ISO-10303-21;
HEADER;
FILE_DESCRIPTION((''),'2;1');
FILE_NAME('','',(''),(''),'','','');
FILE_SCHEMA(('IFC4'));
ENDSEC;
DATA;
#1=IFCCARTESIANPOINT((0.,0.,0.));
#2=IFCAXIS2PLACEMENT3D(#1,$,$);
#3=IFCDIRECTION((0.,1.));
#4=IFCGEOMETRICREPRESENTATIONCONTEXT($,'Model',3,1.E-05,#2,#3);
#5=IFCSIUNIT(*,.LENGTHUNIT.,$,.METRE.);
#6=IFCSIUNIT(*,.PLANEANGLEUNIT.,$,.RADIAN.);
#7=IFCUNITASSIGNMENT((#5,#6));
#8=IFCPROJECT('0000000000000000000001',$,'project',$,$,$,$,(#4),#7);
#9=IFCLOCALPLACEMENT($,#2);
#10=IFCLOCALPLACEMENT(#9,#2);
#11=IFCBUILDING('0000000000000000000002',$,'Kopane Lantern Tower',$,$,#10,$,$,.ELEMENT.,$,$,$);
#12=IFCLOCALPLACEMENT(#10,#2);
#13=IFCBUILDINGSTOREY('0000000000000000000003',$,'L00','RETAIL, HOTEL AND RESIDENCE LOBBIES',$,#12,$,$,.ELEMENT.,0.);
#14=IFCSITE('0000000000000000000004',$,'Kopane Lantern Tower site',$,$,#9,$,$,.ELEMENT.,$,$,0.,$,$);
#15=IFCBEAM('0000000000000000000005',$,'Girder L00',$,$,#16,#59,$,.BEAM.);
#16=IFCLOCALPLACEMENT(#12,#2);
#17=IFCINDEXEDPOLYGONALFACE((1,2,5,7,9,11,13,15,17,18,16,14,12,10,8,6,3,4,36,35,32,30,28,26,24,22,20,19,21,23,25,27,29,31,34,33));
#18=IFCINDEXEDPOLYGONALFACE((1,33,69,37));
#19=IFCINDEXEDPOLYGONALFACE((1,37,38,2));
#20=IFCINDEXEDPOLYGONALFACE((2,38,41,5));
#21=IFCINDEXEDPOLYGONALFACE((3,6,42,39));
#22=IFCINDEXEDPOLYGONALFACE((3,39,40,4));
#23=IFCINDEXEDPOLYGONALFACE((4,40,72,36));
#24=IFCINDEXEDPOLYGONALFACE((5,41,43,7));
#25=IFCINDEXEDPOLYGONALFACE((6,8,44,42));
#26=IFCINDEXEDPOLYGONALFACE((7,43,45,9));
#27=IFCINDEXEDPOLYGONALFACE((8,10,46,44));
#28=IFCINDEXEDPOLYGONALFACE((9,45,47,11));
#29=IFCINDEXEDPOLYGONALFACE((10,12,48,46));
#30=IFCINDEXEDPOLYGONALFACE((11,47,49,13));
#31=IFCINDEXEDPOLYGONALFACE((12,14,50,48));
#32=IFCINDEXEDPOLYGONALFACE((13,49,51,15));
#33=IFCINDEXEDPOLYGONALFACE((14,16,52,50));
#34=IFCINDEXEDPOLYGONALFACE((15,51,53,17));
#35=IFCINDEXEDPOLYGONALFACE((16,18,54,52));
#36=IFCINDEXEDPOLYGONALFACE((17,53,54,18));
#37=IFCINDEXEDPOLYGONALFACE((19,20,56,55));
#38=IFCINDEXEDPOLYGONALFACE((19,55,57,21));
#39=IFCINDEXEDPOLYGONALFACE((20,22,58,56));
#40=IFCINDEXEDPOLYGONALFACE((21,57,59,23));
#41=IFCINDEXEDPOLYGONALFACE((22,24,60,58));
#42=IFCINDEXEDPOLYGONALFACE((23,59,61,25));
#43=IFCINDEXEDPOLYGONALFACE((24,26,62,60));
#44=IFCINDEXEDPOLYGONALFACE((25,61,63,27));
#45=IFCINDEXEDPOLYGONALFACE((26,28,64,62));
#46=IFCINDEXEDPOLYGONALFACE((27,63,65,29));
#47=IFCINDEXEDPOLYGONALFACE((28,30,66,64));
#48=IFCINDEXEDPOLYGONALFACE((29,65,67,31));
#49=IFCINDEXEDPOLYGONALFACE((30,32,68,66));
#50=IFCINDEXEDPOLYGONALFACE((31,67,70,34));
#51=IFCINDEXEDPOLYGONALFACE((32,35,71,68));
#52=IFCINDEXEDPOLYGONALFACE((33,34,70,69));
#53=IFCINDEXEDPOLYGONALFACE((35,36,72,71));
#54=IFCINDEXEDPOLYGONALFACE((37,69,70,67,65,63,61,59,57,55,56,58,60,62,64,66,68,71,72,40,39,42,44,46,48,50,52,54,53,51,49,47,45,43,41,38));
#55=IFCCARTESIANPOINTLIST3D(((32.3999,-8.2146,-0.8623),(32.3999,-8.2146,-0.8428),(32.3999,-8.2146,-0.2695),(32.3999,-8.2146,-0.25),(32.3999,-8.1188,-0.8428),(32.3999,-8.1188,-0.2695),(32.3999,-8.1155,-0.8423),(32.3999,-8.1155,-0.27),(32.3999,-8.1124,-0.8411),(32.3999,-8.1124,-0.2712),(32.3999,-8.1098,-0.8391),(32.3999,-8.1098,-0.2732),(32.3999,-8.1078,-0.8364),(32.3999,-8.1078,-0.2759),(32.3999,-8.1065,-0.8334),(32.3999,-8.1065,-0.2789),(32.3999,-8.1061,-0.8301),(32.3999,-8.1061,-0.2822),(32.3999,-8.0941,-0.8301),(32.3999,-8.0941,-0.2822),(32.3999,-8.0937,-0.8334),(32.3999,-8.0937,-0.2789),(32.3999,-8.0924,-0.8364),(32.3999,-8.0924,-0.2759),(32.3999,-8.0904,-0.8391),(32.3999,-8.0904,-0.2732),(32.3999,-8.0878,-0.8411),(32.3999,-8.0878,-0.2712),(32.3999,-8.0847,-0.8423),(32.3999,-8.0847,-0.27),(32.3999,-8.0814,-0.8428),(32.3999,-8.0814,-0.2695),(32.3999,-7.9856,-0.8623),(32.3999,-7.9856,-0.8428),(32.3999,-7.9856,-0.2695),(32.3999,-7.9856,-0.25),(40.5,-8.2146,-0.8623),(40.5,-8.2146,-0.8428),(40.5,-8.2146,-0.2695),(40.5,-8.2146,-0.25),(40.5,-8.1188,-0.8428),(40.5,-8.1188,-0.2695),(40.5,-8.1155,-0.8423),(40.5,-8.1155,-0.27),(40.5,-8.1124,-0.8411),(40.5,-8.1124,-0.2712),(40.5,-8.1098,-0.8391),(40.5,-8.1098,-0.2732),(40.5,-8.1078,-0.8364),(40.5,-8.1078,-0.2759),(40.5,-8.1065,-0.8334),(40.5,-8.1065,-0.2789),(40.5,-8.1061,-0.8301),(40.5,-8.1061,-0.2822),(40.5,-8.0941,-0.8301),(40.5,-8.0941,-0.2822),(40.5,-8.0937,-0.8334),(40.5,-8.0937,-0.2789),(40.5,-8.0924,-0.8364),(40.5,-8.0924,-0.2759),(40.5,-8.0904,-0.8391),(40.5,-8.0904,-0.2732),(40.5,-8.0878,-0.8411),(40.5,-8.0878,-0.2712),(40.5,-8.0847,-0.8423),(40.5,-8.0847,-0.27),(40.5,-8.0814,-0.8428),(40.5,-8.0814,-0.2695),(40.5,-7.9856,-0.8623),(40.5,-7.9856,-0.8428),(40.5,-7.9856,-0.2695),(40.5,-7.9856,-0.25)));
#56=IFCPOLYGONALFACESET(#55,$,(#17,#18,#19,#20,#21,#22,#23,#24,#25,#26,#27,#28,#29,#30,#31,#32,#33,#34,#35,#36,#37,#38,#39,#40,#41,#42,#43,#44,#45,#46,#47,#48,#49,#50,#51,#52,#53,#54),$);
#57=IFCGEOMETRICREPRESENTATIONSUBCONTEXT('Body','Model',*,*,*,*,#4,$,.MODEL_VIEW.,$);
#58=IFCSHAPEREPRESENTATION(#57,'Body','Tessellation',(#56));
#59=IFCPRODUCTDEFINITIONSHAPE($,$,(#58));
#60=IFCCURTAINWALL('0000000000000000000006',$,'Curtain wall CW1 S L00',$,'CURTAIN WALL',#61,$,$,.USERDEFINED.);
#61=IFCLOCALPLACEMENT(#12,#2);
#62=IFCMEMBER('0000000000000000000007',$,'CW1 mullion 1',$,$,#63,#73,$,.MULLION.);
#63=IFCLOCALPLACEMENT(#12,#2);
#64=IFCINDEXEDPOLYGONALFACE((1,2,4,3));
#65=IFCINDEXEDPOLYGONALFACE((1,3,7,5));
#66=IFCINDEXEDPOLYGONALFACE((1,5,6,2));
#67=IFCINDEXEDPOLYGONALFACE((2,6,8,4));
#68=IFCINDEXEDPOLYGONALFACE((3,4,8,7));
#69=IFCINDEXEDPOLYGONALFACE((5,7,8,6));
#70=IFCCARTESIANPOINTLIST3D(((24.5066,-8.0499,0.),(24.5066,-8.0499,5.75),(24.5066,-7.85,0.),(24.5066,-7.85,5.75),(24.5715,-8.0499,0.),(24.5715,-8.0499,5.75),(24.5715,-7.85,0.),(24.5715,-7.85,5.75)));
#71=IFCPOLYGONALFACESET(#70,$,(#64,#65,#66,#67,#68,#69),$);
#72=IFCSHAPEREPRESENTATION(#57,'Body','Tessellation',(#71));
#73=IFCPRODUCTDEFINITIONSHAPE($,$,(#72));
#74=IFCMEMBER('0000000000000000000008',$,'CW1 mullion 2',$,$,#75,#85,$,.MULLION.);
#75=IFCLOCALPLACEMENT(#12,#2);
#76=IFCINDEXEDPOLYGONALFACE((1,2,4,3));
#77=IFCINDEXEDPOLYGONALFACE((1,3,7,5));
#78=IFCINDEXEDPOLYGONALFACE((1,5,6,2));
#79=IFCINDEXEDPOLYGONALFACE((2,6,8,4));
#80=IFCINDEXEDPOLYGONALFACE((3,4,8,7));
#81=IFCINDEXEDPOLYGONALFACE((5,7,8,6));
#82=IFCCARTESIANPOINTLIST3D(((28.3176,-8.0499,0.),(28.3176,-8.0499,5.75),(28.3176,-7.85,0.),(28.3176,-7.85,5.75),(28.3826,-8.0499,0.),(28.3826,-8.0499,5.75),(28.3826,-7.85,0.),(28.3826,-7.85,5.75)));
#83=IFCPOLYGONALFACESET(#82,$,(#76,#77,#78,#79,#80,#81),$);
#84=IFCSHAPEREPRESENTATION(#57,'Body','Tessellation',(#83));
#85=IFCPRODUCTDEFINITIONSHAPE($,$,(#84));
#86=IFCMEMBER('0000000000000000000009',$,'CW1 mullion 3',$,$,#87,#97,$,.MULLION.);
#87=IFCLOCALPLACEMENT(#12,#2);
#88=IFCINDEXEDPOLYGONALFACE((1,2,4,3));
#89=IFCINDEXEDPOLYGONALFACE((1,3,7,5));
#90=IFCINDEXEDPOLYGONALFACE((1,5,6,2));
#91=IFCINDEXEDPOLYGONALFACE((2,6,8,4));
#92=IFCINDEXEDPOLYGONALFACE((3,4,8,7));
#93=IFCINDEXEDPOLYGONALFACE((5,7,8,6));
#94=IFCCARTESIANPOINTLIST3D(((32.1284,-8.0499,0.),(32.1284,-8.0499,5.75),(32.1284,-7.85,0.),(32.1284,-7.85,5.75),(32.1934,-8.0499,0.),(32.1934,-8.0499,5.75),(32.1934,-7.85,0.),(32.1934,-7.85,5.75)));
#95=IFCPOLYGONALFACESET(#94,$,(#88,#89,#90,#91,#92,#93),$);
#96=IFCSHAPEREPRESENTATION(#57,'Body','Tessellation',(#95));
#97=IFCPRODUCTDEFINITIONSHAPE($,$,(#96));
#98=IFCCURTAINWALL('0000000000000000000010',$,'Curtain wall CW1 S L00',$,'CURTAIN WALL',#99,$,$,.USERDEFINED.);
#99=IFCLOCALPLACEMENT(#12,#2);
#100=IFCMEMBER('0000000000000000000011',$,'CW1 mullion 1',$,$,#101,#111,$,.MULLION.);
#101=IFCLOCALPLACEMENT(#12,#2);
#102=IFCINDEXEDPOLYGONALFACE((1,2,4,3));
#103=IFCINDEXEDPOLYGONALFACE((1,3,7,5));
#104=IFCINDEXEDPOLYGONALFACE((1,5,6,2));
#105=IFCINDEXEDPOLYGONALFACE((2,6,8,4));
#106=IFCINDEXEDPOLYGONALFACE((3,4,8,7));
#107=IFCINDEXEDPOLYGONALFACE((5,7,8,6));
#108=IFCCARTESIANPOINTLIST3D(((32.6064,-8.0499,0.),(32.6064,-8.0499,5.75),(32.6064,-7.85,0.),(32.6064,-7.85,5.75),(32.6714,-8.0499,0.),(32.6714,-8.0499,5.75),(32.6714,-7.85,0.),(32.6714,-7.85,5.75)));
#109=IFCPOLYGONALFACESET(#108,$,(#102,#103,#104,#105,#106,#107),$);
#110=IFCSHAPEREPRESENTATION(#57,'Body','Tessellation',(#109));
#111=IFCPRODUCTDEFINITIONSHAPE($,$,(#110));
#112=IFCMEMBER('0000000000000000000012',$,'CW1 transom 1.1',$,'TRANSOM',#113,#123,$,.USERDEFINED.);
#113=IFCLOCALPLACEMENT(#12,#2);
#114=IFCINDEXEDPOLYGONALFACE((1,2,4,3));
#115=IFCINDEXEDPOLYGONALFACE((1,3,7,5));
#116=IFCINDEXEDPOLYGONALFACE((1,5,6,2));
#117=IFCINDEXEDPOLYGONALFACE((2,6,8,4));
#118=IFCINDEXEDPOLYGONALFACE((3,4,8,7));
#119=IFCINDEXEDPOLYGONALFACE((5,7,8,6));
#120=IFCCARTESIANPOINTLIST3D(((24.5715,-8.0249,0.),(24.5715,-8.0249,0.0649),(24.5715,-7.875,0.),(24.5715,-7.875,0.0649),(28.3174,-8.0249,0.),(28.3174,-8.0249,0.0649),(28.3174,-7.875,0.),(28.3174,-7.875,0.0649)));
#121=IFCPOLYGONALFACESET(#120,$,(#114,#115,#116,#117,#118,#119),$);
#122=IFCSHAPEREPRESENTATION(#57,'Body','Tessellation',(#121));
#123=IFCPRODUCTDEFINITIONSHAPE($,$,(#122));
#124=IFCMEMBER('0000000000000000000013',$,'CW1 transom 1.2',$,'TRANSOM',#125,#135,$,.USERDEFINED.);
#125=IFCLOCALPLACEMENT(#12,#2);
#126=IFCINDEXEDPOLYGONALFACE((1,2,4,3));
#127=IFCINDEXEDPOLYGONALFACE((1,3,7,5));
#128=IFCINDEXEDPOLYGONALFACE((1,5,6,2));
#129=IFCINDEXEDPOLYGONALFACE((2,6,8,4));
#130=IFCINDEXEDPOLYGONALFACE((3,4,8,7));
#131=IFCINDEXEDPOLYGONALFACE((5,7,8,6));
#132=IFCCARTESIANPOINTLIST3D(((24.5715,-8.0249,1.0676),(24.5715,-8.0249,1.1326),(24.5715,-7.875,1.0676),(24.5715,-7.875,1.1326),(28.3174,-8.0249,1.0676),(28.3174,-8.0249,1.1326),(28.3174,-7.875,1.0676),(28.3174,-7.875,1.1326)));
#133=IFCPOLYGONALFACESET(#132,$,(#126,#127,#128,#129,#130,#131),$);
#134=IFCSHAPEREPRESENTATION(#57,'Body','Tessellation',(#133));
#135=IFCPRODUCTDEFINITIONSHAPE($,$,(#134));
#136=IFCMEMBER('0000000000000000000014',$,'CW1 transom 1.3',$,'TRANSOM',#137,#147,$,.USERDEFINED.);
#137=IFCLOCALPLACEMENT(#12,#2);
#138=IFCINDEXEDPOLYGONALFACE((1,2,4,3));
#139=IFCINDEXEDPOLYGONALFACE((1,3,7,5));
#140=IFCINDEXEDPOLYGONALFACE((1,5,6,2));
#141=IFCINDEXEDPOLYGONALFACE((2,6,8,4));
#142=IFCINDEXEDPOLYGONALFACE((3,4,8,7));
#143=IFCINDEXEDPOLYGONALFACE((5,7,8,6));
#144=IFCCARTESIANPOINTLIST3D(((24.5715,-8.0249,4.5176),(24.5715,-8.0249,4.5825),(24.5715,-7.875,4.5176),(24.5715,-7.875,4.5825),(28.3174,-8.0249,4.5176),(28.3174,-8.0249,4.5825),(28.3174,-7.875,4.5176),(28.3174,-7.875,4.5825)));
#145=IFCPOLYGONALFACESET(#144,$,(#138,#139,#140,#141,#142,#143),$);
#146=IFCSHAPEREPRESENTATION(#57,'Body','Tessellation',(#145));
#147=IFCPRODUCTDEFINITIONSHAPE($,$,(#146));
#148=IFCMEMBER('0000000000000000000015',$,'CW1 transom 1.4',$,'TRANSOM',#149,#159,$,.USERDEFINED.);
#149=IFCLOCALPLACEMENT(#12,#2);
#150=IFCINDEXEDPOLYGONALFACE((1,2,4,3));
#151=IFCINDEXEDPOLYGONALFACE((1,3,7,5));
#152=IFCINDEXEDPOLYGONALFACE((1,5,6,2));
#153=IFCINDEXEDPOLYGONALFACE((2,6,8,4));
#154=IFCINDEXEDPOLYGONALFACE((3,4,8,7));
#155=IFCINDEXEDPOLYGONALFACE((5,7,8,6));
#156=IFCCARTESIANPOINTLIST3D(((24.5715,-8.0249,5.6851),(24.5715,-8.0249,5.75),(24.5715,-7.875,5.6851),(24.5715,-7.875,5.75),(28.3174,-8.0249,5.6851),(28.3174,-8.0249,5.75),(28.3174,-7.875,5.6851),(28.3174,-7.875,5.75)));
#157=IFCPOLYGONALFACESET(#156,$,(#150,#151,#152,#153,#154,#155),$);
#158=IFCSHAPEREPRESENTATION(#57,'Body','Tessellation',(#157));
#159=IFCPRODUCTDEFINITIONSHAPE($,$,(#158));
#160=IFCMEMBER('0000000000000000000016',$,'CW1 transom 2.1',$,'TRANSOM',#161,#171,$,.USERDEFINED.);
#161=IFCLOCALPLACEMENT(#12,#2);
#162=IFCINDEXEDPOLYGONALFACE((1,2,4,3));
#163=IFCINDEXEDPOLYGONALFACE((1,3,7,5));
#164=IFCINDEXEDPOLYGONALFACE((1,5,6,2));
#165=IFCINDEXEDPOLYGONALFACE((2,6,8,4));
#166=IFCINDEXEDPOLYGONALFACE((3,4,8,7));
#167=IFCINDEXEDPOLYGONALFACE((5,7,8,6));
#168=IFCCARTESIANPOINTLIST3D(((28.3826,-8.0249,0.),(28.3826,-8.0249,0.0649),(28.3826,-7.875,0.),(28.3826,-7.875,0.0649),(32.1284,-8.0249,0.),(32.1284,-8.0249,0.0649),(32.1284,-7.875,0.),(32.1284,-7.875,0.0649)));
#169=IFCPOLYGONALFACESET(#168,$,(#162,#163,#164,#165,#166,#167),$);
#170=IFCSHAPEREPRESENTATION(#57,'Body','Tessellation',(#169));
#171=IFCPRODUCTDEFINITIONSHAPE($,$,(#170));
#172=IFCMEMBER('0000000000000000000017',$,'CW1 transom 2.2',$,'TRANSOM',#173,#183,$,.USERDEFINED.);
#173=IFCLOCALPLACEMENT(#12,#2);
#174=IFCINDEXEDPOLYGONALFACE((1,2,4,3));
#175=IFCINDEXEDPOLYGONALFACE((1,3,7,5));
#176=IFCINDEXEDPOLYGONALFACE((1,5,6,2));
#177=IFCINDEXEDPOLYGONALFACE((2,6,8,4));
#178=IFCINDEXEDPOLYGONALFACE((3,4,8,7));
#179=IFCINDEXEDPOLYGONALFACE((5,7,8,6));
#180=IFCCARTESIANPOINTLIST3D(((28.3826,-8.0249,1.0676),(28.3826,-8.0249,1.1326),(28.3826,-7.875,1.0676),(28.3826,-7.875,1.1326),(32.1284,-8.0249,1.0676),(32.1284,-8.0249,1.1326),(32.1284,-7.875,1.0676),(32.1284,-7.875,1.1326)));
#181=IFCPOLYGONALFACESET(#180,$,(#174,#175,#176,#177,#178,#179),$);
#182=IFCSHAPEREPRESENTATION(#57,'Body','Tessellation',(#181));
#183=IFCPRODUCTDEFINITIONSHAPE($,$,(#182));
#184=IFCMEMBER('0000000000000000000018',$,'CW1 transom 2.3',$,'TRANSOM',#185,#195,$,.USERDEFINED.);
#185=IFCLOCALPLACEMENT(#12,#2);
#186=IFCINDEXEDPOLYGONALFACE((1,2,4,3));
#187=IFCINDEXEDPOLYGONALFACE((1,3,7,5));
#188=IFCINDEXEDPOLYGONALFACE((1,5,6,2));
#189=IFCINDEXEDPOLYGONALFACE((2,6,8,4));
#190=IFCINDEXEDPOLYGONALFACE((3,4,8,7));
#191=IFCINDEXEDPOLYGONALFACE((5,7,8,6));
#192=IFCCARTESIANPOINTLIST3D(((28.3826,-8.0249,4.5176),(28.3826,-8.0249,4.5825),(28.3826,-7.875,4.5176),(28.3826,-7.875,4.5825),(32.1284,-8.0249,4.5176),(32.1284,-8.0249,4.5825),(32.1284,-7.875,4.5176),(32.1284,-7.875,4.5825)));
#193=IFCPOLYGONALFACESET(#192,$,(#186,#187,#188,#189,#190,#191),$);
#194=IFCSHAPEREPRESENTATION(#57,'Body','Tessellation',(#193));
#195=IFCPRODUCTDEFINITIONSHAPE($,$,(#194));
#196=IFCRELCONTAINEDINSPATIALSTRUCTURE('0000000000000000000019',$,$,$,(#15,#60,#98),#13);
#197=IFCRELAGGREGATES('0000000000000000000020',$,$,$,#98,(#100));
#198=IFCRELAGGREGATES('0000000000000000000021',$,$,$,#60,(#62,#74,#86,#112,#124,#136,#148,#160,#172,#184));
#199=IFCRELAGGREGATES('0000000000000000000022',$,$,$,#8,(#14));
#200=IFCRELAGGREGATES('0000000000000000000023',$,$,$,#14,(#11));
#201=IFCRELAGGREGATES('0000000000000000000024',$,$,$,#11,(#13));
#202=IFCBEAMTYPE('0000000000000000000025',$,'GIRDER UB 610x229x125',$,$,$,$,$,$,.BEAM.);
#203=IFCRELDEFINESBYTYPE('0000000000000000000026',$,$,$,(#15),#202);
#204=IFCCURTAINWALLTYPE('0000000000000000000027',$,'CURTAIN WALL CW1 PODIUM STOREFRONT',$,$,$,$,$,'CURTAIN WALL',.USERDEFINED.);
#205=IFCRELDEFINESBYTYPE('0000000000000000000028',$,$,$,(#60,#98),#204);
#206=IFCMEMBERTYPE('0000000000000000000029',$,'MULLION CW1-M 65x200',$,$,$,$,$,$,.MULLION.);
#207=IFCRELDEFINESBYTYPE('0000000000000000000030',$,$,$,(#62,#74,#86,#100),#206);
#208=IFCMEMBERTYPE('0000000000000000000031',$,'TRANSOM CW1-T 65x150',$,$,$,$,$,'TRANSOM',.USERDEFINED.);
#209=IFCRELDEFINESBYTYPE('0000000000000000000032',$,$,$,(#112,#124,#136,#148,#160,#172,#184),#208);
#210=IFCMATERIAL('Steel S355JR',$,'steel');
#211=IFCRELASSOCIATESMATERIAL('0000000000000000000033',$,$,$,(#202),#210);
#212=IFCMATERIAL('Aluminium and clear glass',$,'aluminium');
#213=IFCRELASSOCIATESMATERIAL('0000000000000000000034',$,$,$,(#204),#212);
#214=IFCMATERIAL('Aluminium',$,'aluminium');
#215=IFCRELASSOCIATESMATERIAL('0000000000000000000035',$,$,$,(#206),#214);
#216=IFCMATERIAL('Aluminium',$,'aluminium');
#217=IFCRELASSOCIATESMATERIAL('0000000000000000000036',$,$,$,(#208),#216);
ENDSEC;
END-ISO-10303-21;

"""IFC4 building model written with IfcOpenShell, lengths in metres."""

from ifc_helpers import new_model, si_unit, direction, frame, origin, origin_2d, place, context, subcontext, project, spatial, rectangle, i_section, extrude, material, material_profile, profile_set, type_object, element, aggregate, save


model = new_model("IFC4")

# Units and contexts
model_context = context("Model", 3, precision=1e-05, world=origin(), true_north=direction((0.0, 1.0)))
body_context = subcontext(model_context, "Body", "Model", "MODEL_VIEW")
ifc_project = project(units=[si_unit("LENGTHUNIT", "METRE"), si_unit("PLANEANGLEUNIT", "RADIAN")], contexts=[model_context])

# Site, building, storey
site_placement = place(None, origin())
site = spatial("IfcSite", under=ifc_project, at=site_placement, Name="Kopane Lantern Tower site", CompositionType="ELEMENT", RefElevation=0.0)
building_placement = place(site_placement, origin())
building = spatial("IfcBuilding", under=site, at=building_placement, Name="Kopane Lantern Tower", CompositionType="ELEMENT")
storey_placement = place(building_placement, origin())
storey = spatial("IfcBuildingStorey", under=building, at=storey_placement, Name="L00", Description="RETAIL, HOTEL AND RESIDENCE LOBBIES", CompositionType="ELEMENT", Elevation=0.0)

# Beam
ifc_material_1 = material(Name="Steel S355JR", Category="steel")
ifc_material_profile_1 = material_profile(ifc_material_1, i_section(OverallWidth=0.229, OverallDepth=0.6123, WebThickness=0.012, FlangeThickness=0.0195, FilletRadius=0.0127, at=origin_2d()), Name="UB 610x229x125")
ifc_profile_set_1 = profile_set([ifc_material_profile_1], Name="Steel S355JR")
beam_type = type_object("IfcBeamType", Name="GIRDER UB 610x229x125", PredefinedType="BEAM", material=ifc_profile_set_1)
for number, where, z_axis, x_axis, name in (
    (1, (32.3999, -8.1001, -0.5562), (1.0, 0.0, 0.0), (0.0, 1.0, 0.0), "Girder L00"),
):
    element("IfcBeam", number, at=place(storey_placement, frame(where, z_axis=z_axis, x_axis=x_axis)), inside=storey, type_object=beam_type, Name=name, PredefinedType="BEAM", context=body_context, shape_type="SweptSolid", body=[
        extrude(i_section(OverallWidth=0.229, OverallDepth=0.6123, WebThickness=0.012, FlangeThickness=0.0195, FilletRadius=0.0127, at=origin_2d()), origin(), (0.0, 0.0, 1.0), 8.1001),
    ])

# Curtain wall, members
ifc_material_2 = material(Name="Aluminium and clear glass", Category="aluminium")
curtain_wall_type = type_object("IfcCurtainWallType", Name="CURTAIN WALL CW1 PODIUM STOREFRONT", ElementType="CURTAIN WALL", PredefinedType="USERDEFINED", material=ifc_material_2)
curtain_wall_1_placement = place(storey_placement, origin())
curtain_wall_1 = element("IfcCurtainWall", 2, at=curtain_wall_1_placement, inside=storey, type_object=curtain_wall_type, Name="Curtain wall CW1 S L00", ObjectType="CURTAIN WALL", PredefinedType="USERDEFINED")
ifc_material_3 = material(Name="Aluminium", Category="aluminium")
ifc_material_profile_2 = material_profile(ifc_material_3, rectangle(XDim=0.0649, YDim=0.2, at=origin_2d()), Name="AL 65x200")
ifc_profile_set_2 = profile_set([ifc_material_profile_2], Name="Aluminium")
member_type_1 = type_object("IfcMemberType", Name="MULLION CW1-M 65x200", PredefinedType="MULLION", material=ifc_profile_set_2)
member_1_placement = place(storey_placement, frame((24.5391, -7.95, 0.0), z_axis=(0.0, 0.0, 1.0), x_axis=(1.0, 0.0, 0.0)))
member_1 = element("IfcMember", 3, at=member_1_placement, type_object=member_type_1, Name="CW1 mullion 1", PredefinedType="MULLION", context=body_context, shape_type="SweptSolid", body=[
    extrude(rectangle(XDim=0.0649, YDim=0.2, at=origin_2d()), origin(), (0.0, 0.0, 1.0), 5.75),
])
member_2_placement = place(storey_placement, frame((28.3501, -7.95, 0.0), z_axis=(0.0, 0.0, 1.0), x_axis=(1.0, 0.0, 0.0)))
member_2 = element("IfcMember", 4, at=member_2_placement, type_object=member_type_1, Name="CW1 mullion 2", PredefinedType="MULLION", context=body_context, shape_type="SweptSolid", body=[
    extrude(rectangle(XDim=0.0649, YDim=0.2, at=origin_2d()), origin(), (0.0, 0.0, 1.0), 5.75),
])
member_3_placement = place(storey_placement, frame((32.1609, -7.95, 0.0), z_axis=(0.0, 0.0, 1.0), x_axis=(1.0, 0.0, 0.0)))
member_3 = element("IfcMember", 5, at=member_3_placement, type_object=member_type_1, Name="CW1 mullion 3", PredefinedType="MULLION", context=body_context, shape_type="SweptSolid", body=[
    extrude(rectangle(XDim=0.0649, YDim=0.2, at=origin_2d()), origin(), (0.0, 0.0, 1.0), 5.75),
])

# Curtain wall, member
curtain_wall_2_placement = place(storey_placement, origin())
curtain_wall_2 = element("IfcCurtainWall", 6, at=curtain_wall_2_placement, inside=storey, type_object=curtain_wall_type, Name="Curtain wall CW1 S L00", ObjectType="CURTAIN WALL", PredefinedType="USERDEFINED")
member_4_placement = place(storey_placement, frame((32.6389, -7.95, 0.0), z_axis=(0.0, 0.0, 1.0), x_axis=(1.0, 0.0, 0.0)))
member_4 = element("IfcMember", 7, at=member_4_placement, type_object=member_type_1, Name="CW1 mullion 1", PredefinedType="MULLION", context=body_context, shape_type="SweptSolid", body=[
    extrude(rectangle(XDim=0.0649, YDim=0.2, at=origin_2d()), origin(), (0.0, 0.0, 1.0), 5.75),
])

# Members
ifc_material_4 = material(Name="Aluminium", Category="aluminium")
ifc_material_profile_3 = material_profile(ifc_material_4, rectangle(XDim=0.1499, YDim=0.0649, at=origin_2d()), Name="AL 150x65")
ifc_profile_set_3 = profile_set([ifc_material_profile_3], Name="Aluminium")
member_type_2 = type_object("IfcMemberType", Name="TRANSOM CW1-T 65x150", ElementType="TRANSOM", PredefinedType="USERDEFINED", material=ifc_profile_set_3)
member_5_placement = place(storey_placement, frame((24.5715, -7.95, 0.0325), z_axis=(1.0, 0.0, 0.0), x_axis=(0.0, 1.0, 0.0)))
member_5 = element("IfcMember", 8, at=member_5_placement, type_object=member_type_2, Name="CW1 transom 1.1", ObjectType="TRANSOM", PredefinedType="USERDEFINED", context=body_context, shape_type="SweptSolid", body=[
    extrude(rectangle(XDim=0.1499, YDim=0.0649, at=origin_2d()), origin(), (0.0, 0.0, 1.0), 3.7458),
])
member_6_placement = place(storey_placement, frame((24.5715, -7.95, 1.1001), z_axis=(1.0, 0.0, 0.0), x_axis=(0.0, 1.0, 0.0)))
member_6 = element("IfcMember", 9, at=member_6_placement, type_object=member_type_2, Name="CW1 transom 1.2", ObjectType="TRANSOM", PredefinedType="USERDEFINED", context=body_context, shape_type="SweptSolid", body=[
    extrude(rectangle(XDim=0.1499, YDim=0.0649, at=origin_2d()), origin(), (0.0, 0.0, 1.0), 3.7458),
])
member_7_placement = place(storey_placement, frame((24.5715, -7.95, 4.55), z_axis=(1.0, 0.0, 0.0), x_axis=(0.0, 1.0, 0.0)))
member_7 = element("IfcMember", 10, at=member_7_placement, type_object=member_type_2, Name="CW1 transom 1.3", ObjectType="TRANSOM", PredefinedType="USERDEFINED", context=body_context, shape_type="SweptSolid", body=[
    extrude(rectangle(XDim=0.1499, YDim=0.0649, at=origin_2d()), origin(), (0.0, 0.0, 1.0), 3.7458),
])
member_8_placement = place(storey_placement, frame((24.5715, -7.95, 5.7175), z_axis=(1.0, 0.0, 0.0), x_axis=(0.0, 1.0, 0.0)))
member_8 = element("IfcMember", 11, at=member_8_placement, type_object=member_type_2, Name="CW1 transom 1.4", ObjectType="TRANSOM", PredefinedType="USERDEFINED", context=body_context, shape_type="SweptSolid", body=[
    extrude(rectangle(XDim=0.1499, YDim=0.0649, at=origin_2d()), origin(), (0.0, 0.0, 1.0), 3.7458),
])
member_9_placement = place(storey_placement, frame((28.3826, -7.95, 0.0325), z_axis=(1.0, 0.0, 0.0), x_axis=(0.0, 1.0, 0.0)))
member_9 = element("IfcMember", 12, at=member_9_placement, type_object=member_type_2, Name="CW1 transom 2.1", ObjectType="TRANSOM", PredefinedType="USERDEFINED", context=body_context, shape_type="SweptSolid", body=[
    extrude(rectangle(XDim=0.1499, YDim=0.0649, at=origin_2d()), origin(), (0.0, 0.0, 1.0), 3.7458),
])
member_10_placement = place(storey_placement, frame((28.3826, -7.95, 1.1001), z_axis=(1.0, 0.0, 0.0), x_axis=(0.0, 1.0, 0.0)))
member_10 = element("IfcMember", 13, at=member_10_placement, type_object=member_type_2, Name="CW1 transom 2.2", ObjectType="TRANSOM", PredefinedType="USERDEFINED", context=body_context, shape_type="SweptSolid", body=[
    extrude(rectangle(XDim=0.1499, YDim=0.0649, at=origin_2d()), origin(), (0.0, 0.0, 1.0), 3.7458),
])
member_11_placement = place(storey_placement, frame((28.3826, -7.95, 4.55), z_axis=(1.0, 0.0, 0.0), x_axis=(0.0, 1.0, 0.0)))
member_11 = element("IfcMember", 14, at=member_11_placement, type_object=member_type_2, Name="CW1 transom 2.3", ObjectType="TRANSOM", PredefinedType="USERDEFINED", context=body_context, shape_type="SweptSolid", body=[
    extrude(rectangle(XDim=0.1499, YDim=0.0649, at=origin_2d()), origin(), (0.0, 0.0, 1.0), 3.7458),
])
aggregate(curtain_wall_2, [member_4])

aggregate(curtain_wall_1, [member_1, member_2, member_3, member_5, member_6, member_7, member_8, member_9, member_10, member_11])

save(model, "model.ifc")
